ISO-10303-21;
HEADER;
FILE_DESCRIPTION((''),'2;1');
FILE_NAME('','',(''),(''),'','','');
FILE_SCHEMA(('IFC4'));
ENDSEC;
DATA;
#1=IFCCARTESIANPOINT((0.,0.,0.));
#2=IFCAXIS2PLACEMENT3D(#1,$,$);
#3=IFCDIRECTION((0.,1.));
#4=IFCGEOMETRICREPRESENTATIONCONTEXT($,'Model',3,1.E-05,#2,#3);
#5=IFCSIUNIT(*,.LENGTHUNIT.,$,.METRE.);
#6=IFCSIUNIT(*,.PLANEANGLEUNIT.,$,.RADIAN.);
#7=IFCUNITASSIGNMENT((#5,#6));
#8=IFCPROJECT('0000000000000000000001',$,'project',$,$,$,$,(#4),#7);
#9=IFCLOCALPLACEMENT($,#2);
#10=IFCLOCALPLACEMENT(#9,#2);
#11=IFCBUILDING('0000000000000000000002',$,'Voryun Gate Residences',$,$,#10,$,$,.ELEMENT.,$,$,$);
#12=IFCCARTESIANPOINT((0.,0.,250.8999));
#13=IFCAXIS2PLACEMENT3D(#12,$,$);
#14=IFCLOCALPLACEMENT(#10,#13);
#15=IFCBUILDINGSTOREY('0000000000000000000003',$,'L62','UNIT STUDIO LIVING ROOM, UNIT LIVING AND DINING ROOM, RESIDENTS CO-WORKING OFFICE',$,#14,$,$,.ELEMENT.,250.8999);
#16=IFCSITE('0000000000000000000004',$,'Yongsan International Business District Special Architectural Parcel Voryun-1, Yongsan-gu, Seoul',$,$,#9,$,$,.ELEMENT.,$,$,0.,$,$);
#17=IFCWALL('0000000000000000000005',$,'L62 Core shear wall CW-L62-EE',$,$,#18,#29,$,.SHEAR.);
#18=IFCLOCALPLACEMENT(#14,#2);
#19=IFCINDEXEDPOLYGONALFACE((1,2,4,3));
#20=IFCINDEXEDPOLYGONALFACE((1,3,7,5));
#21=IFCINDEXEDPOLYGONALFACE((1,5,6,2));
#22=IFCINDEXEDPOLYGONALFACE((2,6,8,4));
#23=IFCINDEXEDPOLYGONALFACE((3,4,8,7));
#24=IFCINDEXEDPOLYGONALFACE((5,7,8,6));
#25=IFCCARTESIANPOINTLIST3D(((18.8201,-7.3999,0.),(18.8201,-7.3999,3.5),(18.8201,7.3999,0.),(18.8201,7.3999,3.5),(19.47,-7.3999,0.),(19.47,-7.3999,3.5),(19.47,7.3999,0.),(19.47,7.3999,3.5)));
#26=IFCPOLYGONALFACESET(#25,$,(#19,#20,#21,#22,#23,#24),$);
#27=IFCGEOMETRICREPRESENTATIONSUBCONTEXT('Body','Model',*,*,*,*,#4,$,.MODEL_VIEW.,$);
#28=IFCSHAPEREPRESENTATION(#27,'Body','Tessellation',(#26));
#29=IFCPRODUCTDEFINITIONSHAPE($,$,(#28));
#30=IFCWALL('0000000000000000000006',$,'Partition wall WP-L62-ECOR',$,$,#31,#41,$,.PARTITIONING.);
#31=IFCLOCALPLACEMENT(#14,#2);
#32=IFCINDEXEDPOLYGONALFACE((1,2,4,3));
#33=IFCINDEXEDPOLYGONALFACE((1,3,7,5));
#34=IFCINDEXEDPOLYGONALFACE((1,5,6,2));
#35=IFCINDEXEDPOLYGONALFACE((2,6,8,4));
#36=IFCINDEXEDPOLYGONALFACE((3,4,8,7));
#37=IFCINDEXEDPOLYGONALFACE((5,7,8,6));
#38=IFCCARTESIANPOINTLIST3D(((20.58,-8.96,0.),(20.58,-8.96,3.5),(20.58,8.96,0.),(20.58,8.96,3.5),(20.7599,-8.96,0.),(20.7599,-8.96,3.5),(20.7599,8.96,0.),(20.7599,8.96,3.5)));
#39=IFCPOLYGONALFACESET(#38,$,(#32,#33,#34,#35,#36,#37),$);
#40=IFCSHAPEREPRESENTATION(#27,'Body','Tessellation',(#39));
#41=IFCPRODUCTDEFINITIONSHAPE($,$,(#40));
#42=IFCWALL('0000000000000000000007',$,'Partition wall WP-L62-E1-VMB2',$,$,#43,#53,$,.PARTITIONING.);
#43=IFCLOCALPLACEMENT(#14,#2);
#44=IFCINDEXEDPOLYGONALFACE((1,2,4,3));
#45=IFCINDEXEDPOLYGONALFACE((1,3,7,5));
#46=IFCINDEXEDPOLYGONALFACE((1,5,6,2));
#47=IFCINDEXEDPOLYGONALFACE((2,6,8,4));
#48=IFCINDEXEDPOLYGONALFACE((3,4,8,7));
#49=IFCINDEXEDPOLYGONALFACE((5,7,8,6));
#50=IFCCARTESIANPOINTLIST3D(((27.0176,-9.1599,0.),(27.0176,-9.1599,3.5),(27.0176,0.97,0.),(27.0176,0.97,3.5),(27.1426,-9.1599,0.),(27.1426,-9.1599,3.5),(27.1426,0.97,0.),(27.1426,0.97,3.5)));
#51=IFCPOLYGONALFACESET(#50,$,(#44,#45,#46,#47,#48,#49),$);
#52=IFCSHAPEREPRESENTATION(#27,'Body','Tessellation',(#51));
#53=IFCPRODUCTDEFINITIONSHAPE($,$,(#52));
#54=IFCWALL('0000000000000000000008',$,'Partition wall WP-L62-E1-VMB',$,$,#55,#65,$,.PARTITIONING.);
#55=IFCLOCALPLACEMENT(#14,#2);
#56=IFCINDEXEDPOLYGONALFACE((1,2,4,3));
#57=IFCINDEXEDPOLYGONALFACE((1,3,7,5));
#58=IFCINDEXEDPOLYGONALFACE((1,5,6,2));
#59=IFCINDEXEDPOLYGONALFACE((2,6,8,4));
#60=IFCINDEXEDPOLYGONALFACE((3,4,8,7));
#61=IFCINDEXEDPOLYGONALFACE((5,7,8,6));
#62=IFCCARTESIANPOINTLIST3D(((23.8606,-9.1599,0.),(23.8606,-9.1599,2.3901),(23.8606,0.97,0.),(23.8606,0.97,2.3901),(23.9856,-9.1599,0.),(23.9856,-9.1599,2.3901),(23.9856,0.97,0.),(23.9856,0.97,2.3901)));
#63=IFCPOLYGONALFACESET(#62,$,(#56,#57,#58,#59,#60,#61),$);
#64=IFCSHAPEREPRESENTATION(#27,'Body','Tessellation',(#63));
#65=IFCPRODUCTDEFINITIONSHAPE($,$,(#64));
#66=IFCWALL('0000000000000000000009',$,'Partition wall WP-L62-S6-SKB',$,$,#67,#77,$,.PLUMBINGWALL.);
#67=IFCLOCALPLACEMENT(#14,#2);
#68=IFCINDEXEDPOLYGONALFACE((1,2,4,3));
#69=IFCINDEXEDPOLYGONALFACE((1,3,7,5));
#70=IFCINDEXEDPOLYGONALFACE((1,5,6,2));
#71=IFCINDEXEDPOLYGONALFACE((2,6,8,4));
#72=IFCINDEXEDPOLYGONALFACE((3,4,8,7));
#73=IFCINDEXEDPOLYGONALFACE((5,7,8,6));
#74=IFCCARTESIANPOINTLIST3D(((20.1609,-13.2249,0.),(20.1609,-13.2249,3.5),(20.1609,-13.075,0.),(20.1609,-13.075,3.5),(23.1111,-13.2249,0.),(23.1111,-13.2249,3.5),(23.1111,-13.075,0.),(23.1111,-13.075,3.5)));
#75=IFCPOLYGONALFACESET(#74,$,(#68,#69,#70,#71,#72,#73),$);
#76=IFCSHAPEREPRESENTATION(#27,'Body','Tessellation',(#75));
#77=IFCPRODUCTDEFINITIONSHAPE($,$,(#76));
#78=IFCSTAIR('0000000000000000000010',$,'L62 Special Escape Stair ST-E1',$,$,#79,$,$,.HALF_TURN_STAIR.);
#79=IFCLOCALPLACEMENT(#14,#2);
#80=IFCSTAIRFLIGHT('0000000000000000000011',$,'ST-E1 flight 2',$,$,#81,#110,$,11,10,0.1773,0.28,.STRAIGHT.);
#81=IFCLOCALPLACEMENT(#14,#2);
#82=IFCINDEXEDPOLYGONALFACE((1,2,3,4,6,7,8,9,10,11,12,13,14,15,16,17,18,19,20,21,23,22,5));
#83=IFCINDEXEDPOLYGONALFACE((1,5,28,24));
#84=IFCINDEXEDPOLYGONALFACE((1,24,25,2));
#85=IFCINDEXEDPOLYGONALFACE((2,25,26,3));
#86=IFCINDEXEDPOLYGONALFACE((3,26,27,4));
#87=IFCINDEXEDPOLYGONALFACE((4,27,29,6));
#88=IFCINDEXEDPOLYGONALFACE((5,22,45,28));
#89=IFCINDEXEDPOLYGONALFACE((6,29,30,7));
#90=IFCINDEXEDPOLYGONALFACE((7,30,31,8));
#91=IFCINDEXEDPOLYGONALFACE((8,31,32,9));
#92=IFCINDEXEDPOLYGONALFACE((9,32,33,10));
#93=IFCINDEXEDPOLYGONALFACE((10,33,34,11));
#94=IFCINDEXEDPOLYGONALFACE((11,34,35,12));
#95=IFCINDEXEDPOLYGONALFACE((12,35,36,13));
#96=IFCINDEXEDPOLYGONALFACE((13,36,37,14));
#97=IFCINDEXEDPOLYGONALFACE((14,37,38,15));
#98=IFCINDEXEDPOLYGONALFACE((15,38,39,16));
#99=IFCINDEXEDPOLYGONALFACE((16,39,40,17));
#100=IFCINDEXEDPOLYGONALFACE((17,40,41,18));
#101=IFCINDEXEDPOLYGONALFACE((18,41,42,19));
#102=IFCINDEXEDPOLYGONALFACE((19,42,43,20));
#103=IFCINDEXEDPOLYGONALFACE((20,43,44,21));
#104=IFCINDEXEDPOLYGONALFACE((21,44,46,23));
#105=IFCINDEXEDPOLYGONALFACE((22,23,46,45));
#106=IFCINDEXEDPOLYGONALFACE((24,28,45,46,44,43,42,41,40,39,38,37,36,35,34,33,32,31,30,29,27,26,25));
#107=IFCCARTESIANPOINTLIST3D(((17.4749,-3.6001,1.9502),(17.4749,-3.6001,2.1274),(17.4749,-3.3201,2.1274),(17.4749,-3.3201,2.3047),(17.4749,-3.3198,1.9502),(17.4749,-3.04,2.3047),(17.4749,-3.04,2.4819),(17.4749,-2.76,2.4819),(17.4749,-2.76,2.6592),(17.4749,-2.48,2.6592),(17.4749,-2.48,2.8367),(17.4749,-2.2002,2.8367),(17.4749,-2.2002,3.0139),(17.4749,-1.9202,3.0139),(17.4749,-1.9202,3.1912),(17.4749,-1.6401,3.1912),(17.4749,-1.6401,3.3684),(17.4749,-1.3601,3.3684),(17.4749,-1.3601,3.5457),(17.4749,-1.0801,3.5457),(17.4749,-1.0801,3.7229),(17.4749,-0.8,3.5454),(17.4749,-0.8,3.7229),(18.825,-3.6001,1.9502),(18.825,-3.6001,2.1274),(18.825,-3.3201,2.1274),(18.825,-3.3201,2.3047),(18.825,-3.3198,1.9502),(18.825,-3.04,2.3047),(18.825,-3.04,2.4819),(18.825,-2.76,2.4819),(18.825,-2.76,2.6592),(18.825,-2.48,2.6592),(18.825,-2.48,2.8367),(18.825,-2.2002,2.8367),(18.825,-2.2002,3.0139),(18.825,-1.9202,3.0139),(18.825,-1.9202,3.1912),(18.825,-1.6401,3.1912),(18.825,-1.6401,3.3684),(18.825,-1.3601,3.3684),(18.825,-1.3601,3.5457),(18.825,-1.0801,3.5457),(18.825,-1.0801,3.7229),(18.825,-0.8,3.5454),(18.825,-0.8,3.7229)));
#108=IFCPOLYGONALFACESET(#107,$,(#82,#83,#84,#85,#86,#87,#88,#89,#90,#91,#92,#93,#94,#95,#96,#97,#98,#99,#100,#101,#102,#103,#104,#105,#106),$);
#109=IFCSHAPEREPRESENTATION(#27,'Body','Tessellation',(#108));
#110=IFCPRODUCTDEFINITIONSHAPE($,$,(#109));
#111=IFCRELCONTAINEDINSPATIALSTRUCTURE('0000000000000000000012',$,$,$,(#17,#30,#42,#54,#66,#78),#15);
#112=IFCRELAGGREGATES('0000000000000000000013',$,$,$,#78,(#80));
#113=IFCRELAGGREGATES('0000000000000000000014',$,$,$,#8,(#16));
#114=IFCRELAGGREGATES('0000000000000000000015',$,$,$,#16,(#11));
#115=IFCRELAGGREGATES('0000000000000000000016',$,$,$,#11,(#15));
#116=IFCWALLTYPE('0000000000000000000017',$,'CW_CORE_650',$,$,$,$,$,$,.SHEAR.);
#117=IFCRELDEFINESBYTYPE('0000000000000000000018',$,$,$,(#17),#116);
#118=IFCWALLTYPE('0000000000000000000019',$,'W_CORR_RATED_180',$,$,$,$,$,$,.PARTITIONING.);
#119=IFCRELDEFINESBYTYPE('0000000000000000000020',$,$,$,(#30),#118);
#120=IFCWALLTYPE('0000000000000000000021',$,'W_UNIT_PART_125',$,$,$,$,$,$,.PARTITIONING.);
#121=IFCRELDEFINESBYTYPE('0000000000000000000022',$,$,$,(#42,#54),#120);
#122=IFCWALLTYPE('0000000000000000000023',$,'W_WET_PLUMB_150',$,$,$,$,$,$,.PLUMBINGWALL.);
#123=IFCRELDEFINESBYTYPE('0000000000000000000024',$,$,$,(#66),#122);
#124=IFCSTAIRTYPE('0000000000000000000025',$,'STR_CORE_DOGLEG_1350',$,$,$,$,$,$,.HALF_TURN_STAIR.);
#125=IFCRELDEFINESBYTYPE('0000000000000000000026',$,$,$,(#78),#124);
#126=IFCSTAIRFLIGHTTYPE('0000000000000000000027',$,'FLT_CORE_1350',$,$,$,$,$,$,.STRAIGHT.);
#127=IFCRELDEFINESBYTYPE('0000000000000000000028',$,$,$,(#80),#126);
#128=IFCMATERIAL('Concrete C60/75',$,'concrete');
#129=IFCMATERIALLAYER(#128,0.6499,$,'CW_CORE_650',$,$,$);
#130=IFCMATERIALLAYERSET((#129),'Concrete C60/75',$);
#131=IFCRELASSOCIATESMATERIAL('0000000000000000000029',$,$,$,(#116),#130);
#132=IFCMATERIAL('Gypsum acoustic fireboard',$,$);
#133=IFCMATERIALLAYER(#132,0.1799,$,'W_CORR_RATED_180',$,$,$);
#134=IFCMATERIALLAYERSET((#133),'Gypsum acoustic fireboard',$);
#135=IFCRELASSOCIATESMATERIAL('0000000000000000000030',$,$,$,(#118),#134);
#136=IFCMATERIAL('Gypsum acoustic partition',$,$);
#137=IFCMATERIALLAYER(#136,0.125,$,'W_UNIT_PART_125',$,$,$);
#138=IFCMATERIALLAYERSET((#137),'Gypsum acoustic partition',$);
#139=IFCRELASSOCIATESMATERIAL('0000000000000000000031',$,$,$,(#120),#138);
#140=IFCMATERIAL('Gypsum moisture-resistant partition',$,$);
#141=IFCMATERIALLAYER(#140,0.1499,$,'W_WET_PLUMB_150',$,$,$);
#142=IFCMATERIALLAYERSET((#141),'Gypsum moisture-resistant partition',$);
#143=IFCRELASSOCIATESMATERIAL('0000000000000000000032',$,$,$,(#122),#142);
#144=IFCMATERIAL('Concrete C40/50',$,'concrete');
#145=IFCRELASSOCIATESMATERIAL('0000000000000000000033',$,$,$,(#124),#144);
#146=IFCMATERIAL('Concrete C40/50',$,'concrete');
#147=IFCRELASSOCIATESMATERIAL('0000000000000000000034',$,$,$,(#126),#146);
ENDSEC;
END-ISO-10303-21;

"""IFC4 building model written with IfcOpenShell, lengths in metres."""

from ifc_helpers import new_model, si_unit, direction, frame, frame_2d, origin, place, context, subcontext, project, spatial, polyline, rectangle, outline, extrude, material, layer, layer_set, type_object, element, aggregate, save


model = new_model("IFC4")

# Units and contexts
model_context = context("Model", 3, precision=1e-05, world=origin(), true_north=direction((0.0, 1.0)))
body_context = subcontext(model_context, "Body", "Model", "MODEL_VIEW")
ifc_project = project(units=[si_unit("LENGTHUNIT", "METRE"), si_unit("PLANEANGLEUNIT", "RADIAN")], contexts=[model_context])

# Site, building, storey
site_placement = place(None, origin())
site = spatial("IfcSite", under=ifc_project, at=site_placement, Name="Yongsan International Business District Special Architectural Parcel Voryun-1, Yongsan-gu, Seoul", CompositionType="ELEMENT", RefElevation=0.0)
building_placement = place(site_placement, origin())
building = spatial("IfcBuilding", under=site, at=building_placement, Name="Voryun Gate Residences", CompositionType="ELEMENT")
storey_placement = place(building_placement, frame((0.0, 0.0, 250.8999)))
storey = spatial("IfcBuildingStorey", under=building, at=storey_placement, Name="L62", Description="UNIT STUDIO LIVING ROOM, UNIT LIVING AND DINING ROOM, RESIDENTS CO-WORKING OFFICE", CompositionType="ELEMENT", Elevation=250.8999)

# Walls
ifc_material_1 = material(Name="Concrete C60/75", Category="concrete")
ifc_layer_1 = layer(ifc_material_1, 0.6499, Name="CW_CORE_650")
ifc_layer_set_1 = layer_set([ifc_layer_1], Name="Concrete C60/75")
wall_type_1 = type_object("IfcWallType", Name="CW_CORE_650", PredefinedType="SHEAR", material=ifc_layer_set_1)
wall_1_placement = place(storey_placement, frame((19.145, -7.3999, 0.0), z_axis=(0.0, 0.0, 1.0), x_axis=(0.0, 1.0, 0.0)))
element("IfcWall", 1, at=wall_1_placement, inside=storey, type_object=wall_type_1, Name="L62 Core shear wall CW-L62-EE", PredefinedType="SHEAR", context=body_context, shape_type="SweptSolid", body=[
    extrude(rectangle(XDim=14.7998, YDim=0.6499, at=frame_2d((7.3999, 0.0))), origin(), (0.0, 0.0, 1.0), 3.5),
])
ifc_material_2 = material(Name="Gypsum acoustic fireboard")
ifc_layer_2 = layer(ifc_material_2, 0.1799, Name="W_CORR_RATED_180")
ifc_layer_set_2 = layer_set([ifc_layer_2], Name="Gypsum acoustic fireboard")
wall_type_2 = type_object("IfcWallType", Name="W_CORR_RATED_180", PredefinedType="PARTITIONING", material=ifc_layer_set_2)
wall_2_placement = place(storey_placement, frame((20.6699, -8.96, 0.0), z_axis=(0.0, 0.0, 1.0), x_axis=(0.0, 1.0, 0.0)))
element("IfcWall", 2, at=wall_2_placement, inside=storey, type_object=wall_type_2, Name="Partition wall WP-L62-ECOR", PredefinedType="PARTITIONING", context=body_context, shape_type="SweptSolid", body=[
    extrude(rectangle(XDim=17.9199, YDim=0.1799, at=frame_2d((8.96, 0.0))), origin(), (0.0, 0.0, 1.0), 3.5),
])
ifc_material_3 = material(Name="Gypsum acoustic partition")
ifc_layer_3 = layer(ifc_material_3, 0.125, Name="W_UNIT_PART_125")
ifc_layer_set_3 = layer_set([ifc_layer_3], Name="Gypsum acoustic partition")
wall_type_3 = type_object("IfcWallType", Name="W_UNIT_PART_125", PredefinedType="PARTITIONING", material=ifc_layer_set_3)
wall_3_placement = place(storey_placement, frame((27.0801, -9.1599, 0.0), z_axis=(0.0, 0.0, 1.0), x_axis=(0.0, 1.0, 0.0)))
element("IfcWall", 3, at=wall_3_placement, inside=storey, type_object=wall_type_3, Name="Partition wall WP-L62-E1-VMB2", PredefinedType="PARTITIONING", context=body_context, shape_type="SweptSolid", body=[
    extrude(rectangle(XDim=10.1299, YDim=0.125, at=frame_2d((5.0649, 0.0))), origin(), (0.0, 0.0, 1.0), 3.5),
])
wall_4_placement = place(storey_placement, frame((23.9231, -9.1599, 0.0), z_axis=(0.0, 0.0, 1.0), x_axis=(0.0, 1.0, 0.0)))
element("IfcWall", 4, at=wall_4_placement, inside=storey, type_object=wall_type_3, Name="Partition wall WP-L62-E1-VMB", PredefinedType="PARTITIONING", context=body_context, shape_type="SweptSolid", body=[
    extrude(rectangle(XDim=10.1299, YDim=0.125, at=frame_2d((5.0649, 0.0))), origin(), (0.0, 0.0, 1.0), 2.3901),
])
ifc_material_4 = material(Name="Gypsum moisture-resistant partition")
ifc_layer_4 = layer(ifc_material_4, 0.1499, Name="W_WET_PLUMB_150")
ifc_layer_set_4 = layer_set([ifc_layer_4], Name="Gypsum moisture-resistant partition")
wall_type_4 = type_object("IfcWallType", Name="W_WET_PLUMB_150", PredefinedType="PLUMBINGWALL", material=ifc_layer_set_4)
wall_5_placement = place(storey_placement, frame((20.1609, -13.1499, 0.0), z_axis=(0.0, 0.0, 1.0), x_axis=(1.0, 0.0, 0.0)))
element("IfcWall", 5, at=wall_5_placement, inside=storey, type_object=wall_type_4, Name="Partition wall WP-L62-S6-SKB", PredefinedType="PLUMBINGWALL", context=body_context, shape_type="SweptSolid", body=[
    extrude(rectangle(XDim=2.9502, YDim=0.1499, at=frame_2d((1.4751, 0.0))), origin(), (0.0, 0.0, 1.0), 3.5),
])

# Stair, stair flight
ifc_material_5 = material(Name="Concrete C40/50", Category="concrete")
stair_type = type_object("IfcStairType", Name="STR_CORE_DOGLEG_1350", PredefinedType="HALF_TURN_STAIR", material=ifc_material_5)
stair_placement = place(storey_placement, origin())
stair = element("IfcStair", 6, at=stair_placement, inside=storey, type_object=stair_type, Name="L62 Special Escape Stair ST-E1", PredefinedType="HALF_TURN_STAIR")
ifc_material_6 = material(Name="Concrete C40/50", Category="concrete")
stair_flight_type = type_object("IfcStairFlightType", Name="FLT_CORE_1350", PredefinedType="STRAIGHT", material=ifc_material_6)
stair_flight_placement = place(storey_placement, frame((18.1499, -3.6001, 1.9502), z_axis=(0.0, 0.0, 1.0), x_axis=(0.0, 1.0, 0.0)))
stair_flight = element("IfcStairFlight", 7, at=stair_flight_placement, type_object=stair_flight_type, Name="ST-E1 flight 2", NumberOfRisers=11, NumberOfTreads=10, PredefinedType="STRAIGHT", RiserHeight=0.1773, TreadLength=0.28, context=body_context, shape_type="SweptSolid", body=[
    extrude(outline(polyline([(0.0, 0.0), (0.0, 0.1772), (0.28, 0.1772), (0.28, 0.3545), (0.5601, 0.3545), (0.5601, 0.5317), (0.8401, 0.5317), (0.8401, 0.709), (1.1201, 0.709), (1.1201, 0.8865), (1.3999, 0.8865), (1.3999, 1.0637), (1.6799, 1.0637), (1.6799, 1.241), (1.96, 1.241), (1.96, 1.4182), (2.24, 1.4182), (2.24, 1.5955), (2.52, 1.5955), (2.52, 1.7727), (2.8, 1.7727), (2.8, 1.95), (2.8, 1.5952), (0.2803, 0.0), (0.0, 0.0)])), frame((0.0, 0.675, 0.0), z_axis=(0.0, -1.0, 0.0), x_axis=(1.0, 0.0, 0.0)), (0.0, 0.0, 1.0), 1.3501),
])
aggregate(stair, [stair_flight])

save(model, "model.ifc")
